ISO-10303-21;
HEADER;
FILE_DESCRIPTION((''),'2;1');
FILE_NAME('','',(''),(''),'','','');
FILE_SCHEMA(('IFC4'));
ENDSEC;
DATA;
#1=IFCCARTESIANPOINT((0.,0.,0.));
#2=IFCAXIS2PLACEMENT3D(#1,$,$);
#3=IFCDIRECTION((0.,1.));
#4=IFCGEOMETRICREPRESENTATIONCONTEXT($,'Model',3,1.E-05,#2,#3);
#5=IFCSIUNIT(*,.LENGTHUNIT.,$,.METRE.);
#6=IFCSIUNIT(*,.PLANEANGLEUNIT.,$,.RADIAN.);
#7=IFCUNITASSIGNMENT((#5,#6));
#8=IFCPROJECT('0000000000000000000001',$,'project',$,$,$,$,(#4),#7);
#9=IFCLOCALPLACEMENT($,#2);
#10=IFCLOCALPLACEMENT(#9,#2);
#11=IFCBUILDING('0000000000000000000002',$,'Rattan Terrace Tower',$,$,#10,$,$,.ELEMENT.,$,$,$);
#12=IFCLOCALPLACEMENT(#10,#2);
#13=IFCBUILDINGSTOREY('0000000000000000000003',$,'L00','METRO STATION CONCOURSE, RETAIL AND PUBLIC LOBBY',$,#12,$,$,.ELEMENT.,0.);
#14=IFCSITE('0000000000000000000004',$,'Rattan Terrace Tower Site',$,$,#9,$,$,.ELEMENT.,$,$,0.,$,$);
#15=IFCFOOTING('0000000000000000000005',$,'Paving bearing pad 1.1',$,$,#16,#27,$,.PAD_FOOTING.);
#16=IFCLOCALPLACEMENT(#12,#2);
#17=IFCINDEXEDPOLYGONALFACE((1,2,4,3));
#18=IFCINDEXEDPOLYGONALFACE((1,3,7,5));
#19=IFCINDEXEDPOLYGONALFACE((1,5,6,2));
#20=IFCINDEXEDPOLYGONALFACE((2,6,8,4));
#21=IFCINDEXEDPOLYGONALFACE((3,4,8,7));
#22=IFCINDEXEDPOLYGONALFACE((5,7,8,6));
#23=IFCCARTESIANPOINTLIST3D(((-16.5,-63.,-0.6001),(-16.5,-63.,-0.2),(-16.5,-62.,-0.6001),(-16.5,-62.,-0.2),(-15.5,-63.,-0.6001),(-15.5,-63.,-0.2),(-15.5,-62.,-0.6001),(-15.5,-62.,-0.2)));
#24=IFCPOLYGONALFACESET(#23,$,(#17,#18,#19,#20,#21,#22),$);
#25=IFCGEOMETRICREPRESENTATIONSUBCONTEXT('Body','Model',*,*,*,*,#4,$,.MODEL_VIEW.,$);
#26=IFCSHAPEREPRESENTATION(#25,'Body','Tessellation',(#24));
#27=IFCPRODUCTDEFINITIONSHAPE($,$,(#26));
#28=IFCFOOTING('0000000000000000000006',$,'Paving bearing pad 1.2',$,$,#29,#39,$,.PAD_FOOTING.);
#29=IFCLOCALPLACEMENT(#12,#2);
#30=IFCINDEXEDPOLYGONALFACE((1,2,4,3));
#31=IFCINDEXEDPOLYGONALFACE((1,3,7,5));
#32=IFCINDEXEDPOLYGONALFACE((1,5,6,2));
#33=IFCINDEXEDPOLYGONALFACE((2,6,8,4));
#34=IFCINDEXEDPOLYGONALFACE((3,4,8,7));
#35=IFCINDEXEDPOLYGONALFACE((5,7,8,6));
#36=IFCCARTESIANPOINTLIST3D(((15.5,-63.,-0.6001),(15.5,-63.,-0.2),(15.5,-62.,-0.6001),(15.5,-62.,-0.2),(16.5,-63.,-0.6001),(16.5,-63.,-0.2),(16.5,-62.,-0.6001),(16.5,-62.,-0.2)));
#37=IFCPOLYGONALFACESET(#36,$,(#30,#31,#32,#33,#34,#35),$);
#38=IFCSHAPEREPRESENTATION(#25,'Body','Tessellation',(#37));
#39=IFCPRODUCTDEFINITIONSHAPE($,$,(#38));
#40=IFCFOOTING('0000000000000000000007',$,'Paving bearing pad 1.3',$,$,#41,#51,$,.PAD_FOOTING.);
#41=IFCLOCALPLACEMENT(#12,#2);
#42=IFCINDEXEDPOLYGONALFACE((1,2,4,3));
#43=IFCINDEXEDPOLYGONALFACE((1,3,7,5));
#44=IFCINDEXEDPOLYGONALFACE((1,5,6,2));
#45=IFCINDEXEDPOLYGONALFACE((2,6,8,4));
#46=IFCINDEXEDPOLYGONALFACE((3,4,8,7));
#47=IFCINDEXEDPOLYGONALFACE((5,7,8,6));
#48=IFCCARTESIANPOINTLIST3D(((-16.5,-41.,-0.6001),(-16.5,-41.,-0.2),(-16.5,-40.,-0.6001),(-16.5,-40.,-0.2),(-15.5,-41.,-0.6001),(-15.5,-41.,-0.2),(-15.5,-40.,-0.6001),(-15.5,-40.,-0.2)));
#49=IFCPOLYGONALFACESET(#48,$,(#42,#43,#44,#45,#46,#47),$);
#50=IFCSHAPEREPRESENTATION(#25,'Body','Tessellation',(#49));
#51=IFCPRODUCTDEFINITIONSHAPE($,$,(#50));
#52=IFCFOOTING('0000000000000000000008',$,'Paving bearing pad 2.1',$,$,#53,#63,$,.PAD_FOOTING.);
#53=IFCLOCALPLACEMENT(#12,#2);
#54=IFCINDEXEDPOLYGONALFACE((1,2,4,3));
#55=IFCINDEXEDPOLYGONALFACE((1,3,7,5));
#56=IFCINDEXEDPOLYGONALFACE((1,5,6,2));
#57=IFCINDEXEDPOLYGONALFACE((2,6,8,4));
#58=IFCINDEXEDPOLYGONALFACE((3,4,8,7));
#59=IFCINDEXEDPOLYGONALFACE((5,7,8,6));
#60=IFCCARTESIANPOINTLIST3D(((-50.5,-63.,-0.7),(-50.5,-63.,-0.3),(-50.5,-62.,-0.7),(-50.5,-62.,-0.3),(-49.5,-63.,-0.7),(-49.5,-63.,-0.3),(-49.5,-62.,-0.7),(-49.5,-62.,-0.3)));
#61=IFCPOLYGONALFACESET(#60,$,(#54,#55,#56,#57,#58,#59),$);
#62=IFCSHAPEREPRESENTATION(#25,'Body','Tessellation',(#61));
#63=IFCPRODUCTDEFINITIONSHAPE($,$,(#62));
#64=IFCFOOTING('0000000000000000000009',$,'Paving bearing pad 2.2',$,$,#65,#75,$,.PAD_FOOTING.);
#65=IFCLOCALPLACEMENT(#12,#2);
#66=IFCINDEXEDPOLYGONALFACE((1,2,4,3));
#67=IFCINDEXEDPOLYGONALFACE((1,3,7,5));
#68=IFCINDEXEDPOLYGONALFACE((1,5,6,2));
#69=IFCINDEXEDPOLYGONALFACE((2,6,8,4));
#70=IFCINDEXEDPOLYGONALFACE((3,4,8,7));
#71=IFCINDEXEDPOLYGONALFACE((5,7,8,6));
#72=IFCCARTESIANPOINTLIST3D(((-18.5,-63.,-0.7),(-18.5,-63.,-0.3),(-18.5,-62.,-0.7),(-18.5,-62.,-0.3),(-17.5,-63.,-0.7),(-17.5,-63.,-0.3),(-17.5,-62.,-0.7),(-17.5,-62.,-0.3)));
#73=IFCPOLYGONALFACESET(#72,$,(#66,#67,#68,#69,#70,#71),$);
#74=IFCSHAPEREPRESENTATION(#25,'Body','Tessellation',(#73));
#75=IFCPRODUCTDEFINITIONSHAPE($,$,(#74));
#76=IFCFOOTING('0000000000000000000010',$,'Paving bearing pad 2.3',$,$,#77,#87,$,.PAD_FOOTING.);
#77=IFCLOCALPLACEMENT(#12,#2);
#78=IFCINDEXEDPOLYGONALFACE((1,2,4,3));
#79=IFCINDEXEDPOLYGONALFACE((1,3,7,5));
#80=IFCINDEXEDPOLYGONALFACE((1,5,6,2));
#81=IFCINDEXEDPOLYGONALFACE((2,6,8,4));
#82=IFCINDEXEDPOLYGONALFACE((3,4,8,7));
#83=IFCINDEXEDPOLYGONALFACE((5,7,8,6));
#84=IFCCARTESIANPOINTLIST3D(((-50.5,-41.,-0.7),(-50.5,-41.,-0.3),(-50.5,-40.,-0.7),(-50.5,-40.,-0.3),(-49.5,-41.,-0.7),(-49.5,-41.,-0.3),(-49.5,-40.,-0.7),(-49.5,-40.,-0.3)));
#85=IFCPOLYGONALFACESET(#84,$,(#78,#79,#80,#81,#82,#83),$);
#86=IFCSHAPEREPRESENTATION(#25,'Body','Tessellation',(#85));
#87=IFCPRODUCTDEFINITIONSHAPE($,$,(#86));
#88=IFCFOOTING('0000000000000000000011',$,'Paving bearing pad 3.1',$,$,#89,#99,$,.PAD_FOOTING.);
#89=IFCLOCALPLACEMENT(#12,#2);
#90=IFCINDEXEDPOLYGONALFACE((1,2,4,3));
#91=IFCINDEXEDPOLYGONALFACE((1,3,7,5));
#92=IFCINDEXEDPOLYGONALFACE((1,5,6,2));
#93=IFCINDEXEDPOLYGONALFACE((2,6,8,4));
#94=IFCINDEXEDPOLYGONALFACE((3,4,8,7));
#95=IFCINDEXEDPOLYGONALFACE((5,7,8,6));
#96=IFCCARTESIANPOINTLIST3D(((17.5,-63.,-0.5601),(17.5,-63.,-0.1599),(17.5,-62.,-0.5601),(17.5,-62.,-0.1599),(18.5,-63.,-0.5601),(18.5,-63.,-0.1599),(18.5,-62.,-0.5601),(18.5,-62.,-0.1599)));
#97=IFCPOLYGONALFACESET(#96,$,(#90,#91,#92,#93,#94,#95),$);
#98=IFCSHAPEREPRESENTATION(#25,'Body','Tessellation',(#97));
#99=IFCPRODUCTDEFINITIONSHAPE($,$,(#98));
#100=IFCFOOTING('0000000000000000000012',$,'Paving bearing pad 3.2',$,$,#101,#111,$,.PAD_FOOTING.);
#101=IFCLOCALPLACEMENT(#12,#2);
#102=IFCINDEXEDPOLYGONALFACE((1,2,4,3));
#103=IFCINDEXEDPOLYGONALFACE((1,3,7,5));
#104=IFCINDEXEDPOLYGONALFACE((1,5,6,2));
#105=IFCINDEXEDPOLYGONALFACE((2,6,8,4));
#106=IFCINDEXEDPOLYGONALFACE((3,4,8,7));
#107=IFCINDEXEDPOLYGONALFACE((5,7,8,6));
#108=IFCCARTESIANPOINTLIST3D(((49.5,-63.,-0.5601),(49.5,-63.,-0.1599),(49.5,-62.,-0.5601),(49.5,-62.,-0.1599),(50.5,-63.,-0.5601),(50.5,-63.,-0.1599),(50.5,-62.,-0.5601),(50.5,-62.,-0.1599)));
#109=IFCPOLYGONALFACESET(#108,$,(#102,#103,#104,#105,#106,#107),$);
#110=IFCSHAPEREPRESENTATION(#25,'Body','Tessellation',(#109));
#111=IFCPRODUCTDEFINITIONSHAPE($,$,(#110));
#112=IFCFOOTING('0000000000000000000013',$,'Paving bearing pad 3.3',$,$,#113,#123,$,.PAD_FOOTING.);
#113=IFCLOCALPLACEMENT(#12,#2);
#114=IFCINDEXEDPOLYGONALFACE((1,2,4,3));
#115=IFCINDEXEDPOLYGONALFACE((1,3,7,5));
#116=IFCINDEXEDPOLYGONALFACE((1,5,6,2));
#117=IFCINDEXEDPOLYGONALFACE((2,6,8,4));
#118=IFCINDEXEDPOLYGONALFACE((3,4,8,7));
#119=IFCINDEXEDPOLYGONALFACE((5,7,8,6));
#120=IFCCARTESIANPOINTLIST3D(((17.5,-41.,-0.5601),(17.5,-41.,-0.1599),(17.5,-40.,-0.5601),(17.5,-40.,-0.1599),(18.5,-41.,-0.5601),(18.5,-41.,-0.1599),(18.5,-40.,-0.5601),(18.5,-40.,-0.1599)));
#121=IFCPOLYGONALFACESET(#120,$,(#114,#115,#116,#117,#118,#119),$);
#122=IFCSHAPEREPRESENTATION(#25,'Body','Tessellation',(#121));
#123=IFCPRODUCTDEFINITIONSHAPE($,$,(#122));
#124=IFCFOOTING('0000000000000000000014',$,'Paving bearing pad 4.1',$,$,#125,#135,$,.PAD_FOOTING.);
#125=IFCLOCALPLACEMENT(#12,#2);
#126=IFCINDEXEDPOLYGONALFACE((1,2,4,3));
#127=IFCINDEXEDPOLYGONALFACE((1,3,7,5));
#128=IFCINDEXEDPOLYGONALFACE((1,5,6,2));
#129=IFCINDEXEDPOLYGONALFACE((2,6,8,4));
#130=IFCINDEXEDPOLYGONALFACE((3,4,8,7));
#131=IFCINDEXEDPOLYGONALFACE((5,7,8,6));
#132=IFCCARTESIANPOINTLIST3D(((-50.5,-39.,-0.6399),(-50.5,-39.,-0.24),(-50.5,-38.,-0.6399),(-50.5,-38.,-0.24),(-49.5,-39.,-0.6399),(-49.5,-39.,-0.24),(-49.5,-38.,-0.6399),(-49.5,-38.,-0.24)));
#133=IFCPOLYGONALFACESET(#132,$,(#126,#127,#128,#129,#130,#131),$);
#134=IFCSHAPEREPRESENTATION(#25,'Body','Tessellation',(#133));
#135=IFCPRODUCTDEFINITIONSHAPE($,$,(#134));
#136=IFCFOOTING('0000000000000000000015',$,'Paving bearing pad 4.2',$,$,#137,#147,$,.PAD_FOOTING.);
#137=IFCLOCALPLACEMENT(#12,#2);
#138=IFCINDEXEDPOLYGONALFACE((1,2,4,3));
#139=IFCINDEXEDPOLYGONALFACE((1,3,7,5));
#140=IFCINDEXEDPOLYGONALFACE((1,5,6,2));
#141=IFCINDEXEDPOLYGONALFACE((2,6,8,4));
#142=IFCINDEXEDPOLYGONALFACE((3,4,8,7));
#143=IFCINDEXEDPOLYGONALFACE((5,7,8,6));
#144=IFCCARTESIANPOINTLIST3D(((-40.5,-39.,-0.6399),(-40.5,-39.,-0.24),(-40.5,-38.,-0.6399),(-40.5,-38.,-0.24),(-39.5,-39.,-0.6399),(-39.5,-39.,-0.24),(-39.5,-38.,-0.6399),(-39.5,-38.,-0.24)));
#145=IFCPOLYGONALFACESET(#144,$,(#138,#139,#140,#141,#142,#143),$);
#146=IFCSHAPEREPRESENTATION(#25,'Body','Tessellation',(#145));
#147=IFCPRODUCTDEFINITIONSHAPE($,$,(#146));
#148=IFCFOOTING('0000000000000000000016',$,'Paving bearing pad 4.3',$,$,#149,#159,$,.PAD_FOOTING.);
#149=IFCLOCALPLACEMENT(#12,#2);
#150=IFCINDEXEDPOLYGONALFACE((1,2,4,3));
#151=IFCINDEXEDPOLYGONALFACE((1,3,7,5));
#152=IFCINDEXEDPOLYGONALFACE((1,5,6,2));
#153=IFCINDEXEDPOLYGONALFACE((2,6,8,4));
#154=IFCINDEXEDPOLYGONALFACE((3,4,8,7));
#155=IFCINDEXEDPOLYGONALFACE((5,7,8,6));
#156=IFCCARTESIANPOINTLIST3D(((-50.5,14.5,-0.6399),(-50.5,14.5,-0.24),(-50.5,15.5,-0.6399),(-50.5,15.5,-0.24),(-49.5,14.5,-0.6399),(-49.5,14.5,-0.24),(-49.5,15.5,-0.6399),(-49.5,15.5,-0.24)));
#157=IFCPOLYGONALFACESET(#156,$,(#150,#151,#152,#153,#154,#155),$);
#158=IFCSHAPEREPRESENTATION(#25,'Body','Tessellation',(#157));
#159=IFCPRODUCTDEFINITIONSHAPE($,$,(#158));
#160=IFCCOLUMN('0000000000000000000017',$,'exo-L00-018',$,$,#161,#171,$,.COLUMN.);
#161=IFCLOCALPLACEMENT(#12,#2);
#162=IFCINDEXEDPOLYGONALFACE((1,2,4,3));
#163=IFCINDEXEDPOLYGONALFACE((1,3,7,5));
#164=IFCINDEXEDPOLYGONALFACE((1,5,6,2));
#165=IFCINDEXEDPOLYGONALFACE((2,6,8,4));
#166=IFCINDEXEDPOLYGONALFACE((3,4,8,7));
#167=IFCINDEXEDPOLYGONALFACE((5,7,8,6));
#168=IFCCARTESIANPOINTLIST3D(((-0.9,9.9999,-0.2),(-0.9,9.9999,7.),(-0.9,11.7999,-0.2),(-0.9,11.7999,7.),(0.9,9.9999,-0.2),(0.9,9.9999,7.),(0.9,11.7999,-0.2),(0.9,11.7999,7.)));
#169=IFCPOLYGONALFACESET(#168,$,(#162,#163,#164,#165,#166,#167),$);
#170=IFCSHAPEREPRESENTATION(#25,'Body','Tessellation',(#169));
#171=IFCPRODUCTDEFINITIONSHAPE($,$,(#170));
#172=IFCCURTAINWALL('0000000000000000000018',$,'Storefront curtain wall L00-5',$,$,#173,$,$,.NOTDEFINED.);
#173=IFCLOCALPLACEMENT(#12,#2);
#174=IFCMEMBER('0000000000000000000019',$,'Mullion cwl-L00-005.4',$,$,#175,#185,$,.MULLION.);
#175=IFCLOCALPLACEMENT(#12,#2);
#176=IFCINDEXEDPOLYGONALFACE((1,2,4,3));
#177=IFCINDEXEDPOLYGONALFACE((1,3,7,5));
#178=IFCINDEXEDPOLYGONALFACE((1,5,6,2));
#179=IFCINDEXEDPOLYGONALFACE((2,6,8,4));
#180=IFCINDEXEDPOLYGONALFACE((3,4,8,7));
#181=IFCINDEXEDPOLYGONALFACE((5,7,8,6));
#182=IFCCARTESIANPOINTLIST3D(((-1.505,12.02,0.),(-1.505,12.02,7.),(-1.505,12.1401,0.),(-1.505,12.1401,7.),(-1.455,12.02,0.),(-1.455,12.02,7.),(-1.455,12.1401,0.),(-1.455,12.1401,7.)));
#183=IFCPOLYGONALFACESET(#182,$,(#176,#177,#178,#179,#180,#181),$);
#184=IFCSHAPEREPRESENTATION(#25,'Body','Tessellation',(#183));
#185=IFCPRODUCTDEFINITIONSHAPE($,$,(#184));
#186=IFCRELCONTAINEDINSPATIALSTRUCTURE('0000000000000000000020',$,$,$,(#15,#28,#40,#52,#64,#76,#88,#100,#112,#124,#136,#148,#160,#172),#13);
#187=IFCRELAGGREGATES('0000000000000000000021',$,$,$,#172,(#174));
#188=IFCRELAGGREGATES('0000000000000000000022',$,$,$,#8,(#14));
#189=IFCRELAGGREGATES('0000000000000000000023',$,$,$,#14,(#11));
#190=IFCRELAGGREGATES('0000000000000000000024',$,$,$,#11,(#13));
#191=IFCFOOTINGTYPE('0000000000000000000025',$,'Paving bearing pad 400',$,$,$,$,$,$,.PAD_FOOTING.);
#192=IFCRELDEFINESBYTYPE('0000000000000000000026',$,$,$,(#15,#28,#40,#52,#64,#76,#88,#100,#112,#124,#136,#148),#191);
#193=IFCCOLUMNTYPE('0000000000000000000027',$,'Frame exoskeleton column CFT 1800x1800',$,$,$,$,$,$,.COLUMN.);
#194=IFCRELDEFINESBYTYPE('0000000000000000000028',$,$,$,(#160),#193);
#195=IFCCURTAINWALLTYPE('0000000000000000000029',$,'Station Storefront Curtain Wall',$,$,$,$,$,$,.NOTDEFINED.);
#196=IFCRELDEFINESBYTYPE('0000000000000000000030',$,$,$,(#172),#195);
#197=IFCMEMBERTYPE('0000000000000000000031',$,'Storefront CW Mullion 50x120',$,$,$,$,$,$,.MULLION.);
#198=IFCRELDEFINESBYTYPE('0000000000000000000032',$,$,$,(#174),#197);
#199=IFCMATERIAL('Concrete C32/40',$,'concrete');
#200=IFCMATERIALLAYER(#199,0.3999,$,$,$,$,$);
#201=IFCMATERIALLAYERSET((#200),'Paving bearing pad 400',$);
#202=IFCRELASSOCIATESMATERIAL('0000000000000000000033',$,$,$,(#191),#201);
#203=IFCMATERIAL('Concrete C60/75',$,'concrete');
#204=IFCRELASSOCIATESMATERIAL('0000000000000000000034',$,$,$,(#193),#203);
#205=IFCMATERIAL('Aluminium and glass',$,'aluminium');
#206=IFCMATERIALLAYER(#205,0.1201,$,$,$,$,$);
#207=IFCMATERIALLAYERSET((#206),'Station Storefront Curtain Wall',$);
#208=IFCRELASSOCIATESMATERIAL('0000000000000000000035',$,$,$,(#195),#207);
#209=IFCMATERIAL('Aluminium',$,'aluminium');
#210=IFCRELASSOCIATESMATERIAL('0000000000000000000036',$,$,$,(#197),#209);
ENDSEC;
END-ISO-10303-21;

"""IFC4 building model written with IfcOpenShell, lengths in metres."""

from ifc_helpers import new_model, si_unit, direction, frame, origin, origin_2d, place, context, subcontext, project, spatial, polyline, rectangle, outline, extrude, material, layer, layer_set, material_profile, profile_set, type_object, element, aggregate, save


model = new_model("IFC4")

# Units and contexts
model_context = context("Model", 3, precision=1e-05, world=origin(), true_north=direction((0.0, 1.0)))
body_context = subcontext(model_context, "Body", "Model", "MODEL_VIEW")
ifc_project = project(units=[si_unit("LENGTHUNIT", "METRE"), si_unit("PLANEANGLEUNIT", "RADIAN")], contexts=[model_context])

# Site, building, storey
site_placement = place(None, origin())
site = spatial("IfcSite", under=ifc_project, at=site_placement, Name="Rattan Terrace Tower Site", CompositionType="ELEMENT", RefElevation=0.0)
building_placement = place(site_placement, origin())
building = spatial("IfcBuilding", under=site, at=building_placement, Name="Rattan Terrace Tower", CompositionType="ELEMENT")
storey_placement = place(building_placement, origin())
storey = spatial("IfcBuildingStorey", under=building, at=storey_placement, Name="L00", Description="METRO STATION CONCOURSE, RETAIL AND PUBLIC LOBBY", CompositionType="ELEMENT", Elevation=0.0)

# Footings
ifc_material_1 = material(Name="Concrete C32/40", Category="concrete")
ifc_layer_1 = layer(ifc_material_1, 0.3999)
ifc_layer_set_1 = layer_set([ifc_layer_1], Name="Paving bearing pad 400")
footing_type = type_object("IfcFootingType", Name="Paving bearing pad 400", PredefinedType="PAD_FOOTING", material=ifc_layer_set_1)
footing_1_placement = place(storey_placement, frame((0.0, 0.0, -0.6001)))
element("IfcFooting", 1, at=footing_1_placement, inside=storey, type_object=footing_type, Name="Paving bearing pad 1.1", PredefinedType="PAD_FOOTING", context=body_context, shape_type="SweptSolid", body=[
    extrude(outline(polyline([(-16.5, -63.0), (-15.5, -63.0), (-15.5, -62.0), (-16.5, -62.0), (-16.5, -63.0)])), origin(), (0.0, 0.0, 1.0), 0.4001),
])
footing_2_placement = place(storey_placement, frame((0.0, 0.0, -0.6001)))
element("IfcFooting", 2, at=footing_2_placement, inside=storey, type_object=footing_type, Name="Paving bearing pad 1.2", PredefinedType="PAD_FOOTING", context=body_context, shape_type="SweptSolid", body=[
    extrude(outline(polyline([(15.5, -63.0), (16.5, -63.0), (16.5, -62.0), (15.5, -62.0), (15.5, -63.0)])), origin(), (0.0, 0.0, 1.0), 0.4001),
])
footing_3_placement = place(storey_placement, frame((0.0, 0.0, -0.6001)))
element("IfcFooting", 3, at=footing_3_placement, inside=storey, type_object=footing_type, Name="Paving bearing pad 1.3", PredefinedType="PAD_FOOTING", context=body_context, shape_type="SweptSolid", body=[
    extrude(outline(polyline([(-16.5, -41.0), (-15.5, -41.0), (-15.5, -40.0), (-16.5, -40.0), (-16.5, -41.0)])), origin(), (0.0, 0.0, 1.0), 0.4001),
])
footing_4_placement = place(storey_placement, frame((0.0, 0.0, -0.7)))
element("IfcFooting", 4, at=footing_4_placement, inside=storey, type_object=footing_type, Name="Paving bearing pad 2.1", PredefinedType="PAD_FOOTING", context=body_context, shape_type="SweptSolid", body=[
    extrude(outline(polyline([(-50.5, -63.0), (-49.5, -63.0), (-49.5, -62.0), (-50.5, -62.0), (-50.5, -63.0)])), origin(), (0.0, 0.0, 1.0), 0.3999),
])
footing_5_placement = place(storey_placement, frame((0.0, 0.0, -0.7)))
element("IfcFooting", 5, at=footing_5_placement, inside=storey, type_object=footing_type, Name="Paving bearing pad 2.2", PredefinedType="PAD_FOOTING", context=body_context, shape_type="SweptSolid", body=[
    extrude(outline(polyline([(-18.5, -63.0), (-17.5, -63.0), (-17.5, -62.0), (-18.5, -62.0), (-18.5, -63.0)])), origin(), (0.0, 0.0, 1.0), 0.3999),
])
footing_6_placement = place(storey_placement, frame((0.0, 0.0, -0.7)))
element("IfcFooting", 6, at=footing_6_placement, inside=storey, type_object=footing_type, Name="Paving bearing pad 2.3", PredefinedType="PAD_FOOTING", context=body_context, shape_type="SweptSolid", body=[
    extrude(outline(polyline([(-50.5, -41.0), (-49.5, -41.0), (-49.5, -40.0), (-50.5, -40.0), (-50.5, -41.0)])), origin(), (0.0, 0.0, 1.0), 0.3999),
])
footing_7_placement = place(storey_placement, frame((0.0, 0.0, -0.5601)))
element("IfcFooting", 7, at=footing_7_placement, inside=storey, type_object=footing_type, Name="Paving bearing pad 3.1", PredefinedType="PAD_FOOTING", context=body_context, shape_type="SweptSolid", body=[
    extrude(outline(polyline([(17.5, -63.0), (18.5, -63.0), (18.5, -62.0), (17.5, -62.0), (17.5, -63.0)])), origin(), (0.0, 0.0, 1.0), 0.4001),
])
footing_8_placement = place(storey_placement, frame((0.0, 0.0, -0.5601)))
element("IfcFooting", 8, at=footing_8_placement, inside=storey, type_object=footing_type, Name="Paving bearing pad 3.2", PredefinedType="PAD_FOOTING", context=body_context, shape_type="SweptSolid", body=[
    extrude(outline(polyline([(49.5, -63.0), (50.5, -63.0), (50.5, -62.0), (49.5, -62.0), (49.5, -63.0)])), origin(), (0.0, 0.0, 1.0), 0.4001),
])
footing_9_placement = place(storey_placement, frame((0.0, 0.0, -0.5601)))
element("IfcFooting", 9, at=footing_9_placement, inside=storey, type_object=footing_type, Name="Paving bearing pad 3.3", PredefinedType="PAD_FOOTING", context=body_context, shape_type="SweptSolid", body=[
    extrude(outline(polyline([(17.5, -41.0), (18.5, -41.0), (18.5, -40.0), (17.5, -40.0), (17.5, -41.0)])), origin(), (0.0, 0.0, 1.0), 0.4001),
])
footing_10_placement = place(storey_placement, frame((0.0, 0.0, -0.6399)))
element("IfcFooting", 10, at=footing_10_placement, inside=storey, type_object=footing_type, Name="Paving bearing pad 4.1", PredefinedType="PAD_FOOTING", context=body_context, shape_type="SweptSolid", body=[
    extrude(outline(polyline([(-50.5, -39.0), (-49.5, -39.0), (-49.5, -38.0), (-50.5, -38.0), (-50.5, -39.0)])), origin(), (0.0, 0.0, 1.0), 0.3999),
])
footing_11_placement = place(storey_placement, frame((0.0, 0.0, -0.6399)))
element("IfcFooting", 11, at=footing_11_placement, inside=storey, type_object=footing_type, Name="Paving bearing pad 4.2", PredefinedType="PAD_FOOTING", context=body_context, shape_type="SweptSolid", body=[
    extrude(outline(polyline([(-40.5, -39.0), (-39.5, -39.0), (-39.5, -38.0), (-40.5, -38.0), (-40.5, -39.0)])), origin(), (0.0, 0.0, 1.0), 0.3999),
])
footing_12_placement = place(storey_placement, frame((0.0, 0.0, -0.6399)))
element("IfcFooting", 12, at=footing_12_placement, inside=storey, type_object=footing_type, Name="Paving bearing pad 4.3", PredefinedType="PAD_FOOTING", context=body_context, shape_type="SweptSolid", body=[
    extrude(outline(polyline([(-50.5, 14.5), (-49.5, 14.5), (-49.5, 15.5), (-50.5, 15.5), (-50.5, 14.5)])), origin(), (0.0, 0.0, 1.0), 0.3999),
])

# Column
ifc_material_2 = material(Name="Concrete C60/75", Category="concrete")
ifc_material_profile_1 = material_profile(ifc_material_2, rectangle(XDim=1.8, YDim=1.8, at=origin_2d()), Name="CFT 1800x1800")
ifc_profile_set_1 = profile_set([ifc_material_profile_1], Name="Concrete C60/75")
column_type = type_object("IfcColumnType", Name="Frame exoskeleton column CFT 1800x1800", PredefinedType="COLUMN", material=ifc_profile_set_1)
column_placement = place(storey_placement, frame((0.0, 10.8999, -0.2), z_axis=(0.0, 0.0, 1.0), x_axis=(1.0, 0.0, 0.0)))
element("IfcColumn", 13, at=column_placement, inside=storey, type_object=column_type, Name="exo-L00-018", PredefinedType="COLUMN", context=body_context, shape_type="SweptSolid", body=[
    extrude(rectangle(XDim=1.8, YDim=1.8, at=origin_2d()), origin(), (0.0, 0.0, 1.0), 7.2),
])

# Curtain wall, member
ifc_material_3 = material(Name="Aluminium and glass", Category="aluminium")
ifc_layer_2 = layer(ifc_material_3, 0.1201)
ifc_layer_set_2 = layer_set([ifc_layer_2], Name="Station Storefront Curtain Wall")
curtain_wall_type = type_object("IfcCurtainWallType", Name="Station Storefront Curtain Wall", PredefinedType="NOTDEFINED", material=ifc_layer_set_2)
curtain_wall_placement = place(storey_placement, origin())
curtain_wall = element("IfcCurtainWall", 14, at=curtain_wall_placement, inside=storey, type_object=curtain_wall_type, Name="Storefront curtain wall L00-5", PredefinedType="NOTDEFINED")
ifc_material_4 = material(Name="Aluminium", Category="aluminium")
ifc_material_profile_2 = material_profile(ifc_material_4, rectangle(XDim=0.05, YDim=0.1201, at=origin_2d()), Name="Aluminium 50x120")
ifc_profile_set_2 = profile_set([ifc_material_profile_2], Name="Aluminium")
member_type = type_object("IfcMemberType", Name="Storefront CW Mullion 50x120", PredefinedType="MULLION", material=ifc_profile_set_2)
member_placement = place(storey_placement, frame((-1.48, 12.0801, 0.0), z_axis=(0.0, 0.0, 1.0), x_axis=(-1.0, 0.0, 0.0)))
member = element("IfcMember", 15, at=member_placement, type_object=member_type, Name="Mullion cwl-L00-005.4", PredefinedType="MULLION", context=body_context, shape_type="SweptSolid", body=[
    extrude(rectangle(XDim=0.05, YDim=0.1201, at=origin_2d()), origin(), (0.0, 0.0, 1.0), 7.0),
])
aggregate(curtain_wall, [member])

save(model, "model.ifc")
